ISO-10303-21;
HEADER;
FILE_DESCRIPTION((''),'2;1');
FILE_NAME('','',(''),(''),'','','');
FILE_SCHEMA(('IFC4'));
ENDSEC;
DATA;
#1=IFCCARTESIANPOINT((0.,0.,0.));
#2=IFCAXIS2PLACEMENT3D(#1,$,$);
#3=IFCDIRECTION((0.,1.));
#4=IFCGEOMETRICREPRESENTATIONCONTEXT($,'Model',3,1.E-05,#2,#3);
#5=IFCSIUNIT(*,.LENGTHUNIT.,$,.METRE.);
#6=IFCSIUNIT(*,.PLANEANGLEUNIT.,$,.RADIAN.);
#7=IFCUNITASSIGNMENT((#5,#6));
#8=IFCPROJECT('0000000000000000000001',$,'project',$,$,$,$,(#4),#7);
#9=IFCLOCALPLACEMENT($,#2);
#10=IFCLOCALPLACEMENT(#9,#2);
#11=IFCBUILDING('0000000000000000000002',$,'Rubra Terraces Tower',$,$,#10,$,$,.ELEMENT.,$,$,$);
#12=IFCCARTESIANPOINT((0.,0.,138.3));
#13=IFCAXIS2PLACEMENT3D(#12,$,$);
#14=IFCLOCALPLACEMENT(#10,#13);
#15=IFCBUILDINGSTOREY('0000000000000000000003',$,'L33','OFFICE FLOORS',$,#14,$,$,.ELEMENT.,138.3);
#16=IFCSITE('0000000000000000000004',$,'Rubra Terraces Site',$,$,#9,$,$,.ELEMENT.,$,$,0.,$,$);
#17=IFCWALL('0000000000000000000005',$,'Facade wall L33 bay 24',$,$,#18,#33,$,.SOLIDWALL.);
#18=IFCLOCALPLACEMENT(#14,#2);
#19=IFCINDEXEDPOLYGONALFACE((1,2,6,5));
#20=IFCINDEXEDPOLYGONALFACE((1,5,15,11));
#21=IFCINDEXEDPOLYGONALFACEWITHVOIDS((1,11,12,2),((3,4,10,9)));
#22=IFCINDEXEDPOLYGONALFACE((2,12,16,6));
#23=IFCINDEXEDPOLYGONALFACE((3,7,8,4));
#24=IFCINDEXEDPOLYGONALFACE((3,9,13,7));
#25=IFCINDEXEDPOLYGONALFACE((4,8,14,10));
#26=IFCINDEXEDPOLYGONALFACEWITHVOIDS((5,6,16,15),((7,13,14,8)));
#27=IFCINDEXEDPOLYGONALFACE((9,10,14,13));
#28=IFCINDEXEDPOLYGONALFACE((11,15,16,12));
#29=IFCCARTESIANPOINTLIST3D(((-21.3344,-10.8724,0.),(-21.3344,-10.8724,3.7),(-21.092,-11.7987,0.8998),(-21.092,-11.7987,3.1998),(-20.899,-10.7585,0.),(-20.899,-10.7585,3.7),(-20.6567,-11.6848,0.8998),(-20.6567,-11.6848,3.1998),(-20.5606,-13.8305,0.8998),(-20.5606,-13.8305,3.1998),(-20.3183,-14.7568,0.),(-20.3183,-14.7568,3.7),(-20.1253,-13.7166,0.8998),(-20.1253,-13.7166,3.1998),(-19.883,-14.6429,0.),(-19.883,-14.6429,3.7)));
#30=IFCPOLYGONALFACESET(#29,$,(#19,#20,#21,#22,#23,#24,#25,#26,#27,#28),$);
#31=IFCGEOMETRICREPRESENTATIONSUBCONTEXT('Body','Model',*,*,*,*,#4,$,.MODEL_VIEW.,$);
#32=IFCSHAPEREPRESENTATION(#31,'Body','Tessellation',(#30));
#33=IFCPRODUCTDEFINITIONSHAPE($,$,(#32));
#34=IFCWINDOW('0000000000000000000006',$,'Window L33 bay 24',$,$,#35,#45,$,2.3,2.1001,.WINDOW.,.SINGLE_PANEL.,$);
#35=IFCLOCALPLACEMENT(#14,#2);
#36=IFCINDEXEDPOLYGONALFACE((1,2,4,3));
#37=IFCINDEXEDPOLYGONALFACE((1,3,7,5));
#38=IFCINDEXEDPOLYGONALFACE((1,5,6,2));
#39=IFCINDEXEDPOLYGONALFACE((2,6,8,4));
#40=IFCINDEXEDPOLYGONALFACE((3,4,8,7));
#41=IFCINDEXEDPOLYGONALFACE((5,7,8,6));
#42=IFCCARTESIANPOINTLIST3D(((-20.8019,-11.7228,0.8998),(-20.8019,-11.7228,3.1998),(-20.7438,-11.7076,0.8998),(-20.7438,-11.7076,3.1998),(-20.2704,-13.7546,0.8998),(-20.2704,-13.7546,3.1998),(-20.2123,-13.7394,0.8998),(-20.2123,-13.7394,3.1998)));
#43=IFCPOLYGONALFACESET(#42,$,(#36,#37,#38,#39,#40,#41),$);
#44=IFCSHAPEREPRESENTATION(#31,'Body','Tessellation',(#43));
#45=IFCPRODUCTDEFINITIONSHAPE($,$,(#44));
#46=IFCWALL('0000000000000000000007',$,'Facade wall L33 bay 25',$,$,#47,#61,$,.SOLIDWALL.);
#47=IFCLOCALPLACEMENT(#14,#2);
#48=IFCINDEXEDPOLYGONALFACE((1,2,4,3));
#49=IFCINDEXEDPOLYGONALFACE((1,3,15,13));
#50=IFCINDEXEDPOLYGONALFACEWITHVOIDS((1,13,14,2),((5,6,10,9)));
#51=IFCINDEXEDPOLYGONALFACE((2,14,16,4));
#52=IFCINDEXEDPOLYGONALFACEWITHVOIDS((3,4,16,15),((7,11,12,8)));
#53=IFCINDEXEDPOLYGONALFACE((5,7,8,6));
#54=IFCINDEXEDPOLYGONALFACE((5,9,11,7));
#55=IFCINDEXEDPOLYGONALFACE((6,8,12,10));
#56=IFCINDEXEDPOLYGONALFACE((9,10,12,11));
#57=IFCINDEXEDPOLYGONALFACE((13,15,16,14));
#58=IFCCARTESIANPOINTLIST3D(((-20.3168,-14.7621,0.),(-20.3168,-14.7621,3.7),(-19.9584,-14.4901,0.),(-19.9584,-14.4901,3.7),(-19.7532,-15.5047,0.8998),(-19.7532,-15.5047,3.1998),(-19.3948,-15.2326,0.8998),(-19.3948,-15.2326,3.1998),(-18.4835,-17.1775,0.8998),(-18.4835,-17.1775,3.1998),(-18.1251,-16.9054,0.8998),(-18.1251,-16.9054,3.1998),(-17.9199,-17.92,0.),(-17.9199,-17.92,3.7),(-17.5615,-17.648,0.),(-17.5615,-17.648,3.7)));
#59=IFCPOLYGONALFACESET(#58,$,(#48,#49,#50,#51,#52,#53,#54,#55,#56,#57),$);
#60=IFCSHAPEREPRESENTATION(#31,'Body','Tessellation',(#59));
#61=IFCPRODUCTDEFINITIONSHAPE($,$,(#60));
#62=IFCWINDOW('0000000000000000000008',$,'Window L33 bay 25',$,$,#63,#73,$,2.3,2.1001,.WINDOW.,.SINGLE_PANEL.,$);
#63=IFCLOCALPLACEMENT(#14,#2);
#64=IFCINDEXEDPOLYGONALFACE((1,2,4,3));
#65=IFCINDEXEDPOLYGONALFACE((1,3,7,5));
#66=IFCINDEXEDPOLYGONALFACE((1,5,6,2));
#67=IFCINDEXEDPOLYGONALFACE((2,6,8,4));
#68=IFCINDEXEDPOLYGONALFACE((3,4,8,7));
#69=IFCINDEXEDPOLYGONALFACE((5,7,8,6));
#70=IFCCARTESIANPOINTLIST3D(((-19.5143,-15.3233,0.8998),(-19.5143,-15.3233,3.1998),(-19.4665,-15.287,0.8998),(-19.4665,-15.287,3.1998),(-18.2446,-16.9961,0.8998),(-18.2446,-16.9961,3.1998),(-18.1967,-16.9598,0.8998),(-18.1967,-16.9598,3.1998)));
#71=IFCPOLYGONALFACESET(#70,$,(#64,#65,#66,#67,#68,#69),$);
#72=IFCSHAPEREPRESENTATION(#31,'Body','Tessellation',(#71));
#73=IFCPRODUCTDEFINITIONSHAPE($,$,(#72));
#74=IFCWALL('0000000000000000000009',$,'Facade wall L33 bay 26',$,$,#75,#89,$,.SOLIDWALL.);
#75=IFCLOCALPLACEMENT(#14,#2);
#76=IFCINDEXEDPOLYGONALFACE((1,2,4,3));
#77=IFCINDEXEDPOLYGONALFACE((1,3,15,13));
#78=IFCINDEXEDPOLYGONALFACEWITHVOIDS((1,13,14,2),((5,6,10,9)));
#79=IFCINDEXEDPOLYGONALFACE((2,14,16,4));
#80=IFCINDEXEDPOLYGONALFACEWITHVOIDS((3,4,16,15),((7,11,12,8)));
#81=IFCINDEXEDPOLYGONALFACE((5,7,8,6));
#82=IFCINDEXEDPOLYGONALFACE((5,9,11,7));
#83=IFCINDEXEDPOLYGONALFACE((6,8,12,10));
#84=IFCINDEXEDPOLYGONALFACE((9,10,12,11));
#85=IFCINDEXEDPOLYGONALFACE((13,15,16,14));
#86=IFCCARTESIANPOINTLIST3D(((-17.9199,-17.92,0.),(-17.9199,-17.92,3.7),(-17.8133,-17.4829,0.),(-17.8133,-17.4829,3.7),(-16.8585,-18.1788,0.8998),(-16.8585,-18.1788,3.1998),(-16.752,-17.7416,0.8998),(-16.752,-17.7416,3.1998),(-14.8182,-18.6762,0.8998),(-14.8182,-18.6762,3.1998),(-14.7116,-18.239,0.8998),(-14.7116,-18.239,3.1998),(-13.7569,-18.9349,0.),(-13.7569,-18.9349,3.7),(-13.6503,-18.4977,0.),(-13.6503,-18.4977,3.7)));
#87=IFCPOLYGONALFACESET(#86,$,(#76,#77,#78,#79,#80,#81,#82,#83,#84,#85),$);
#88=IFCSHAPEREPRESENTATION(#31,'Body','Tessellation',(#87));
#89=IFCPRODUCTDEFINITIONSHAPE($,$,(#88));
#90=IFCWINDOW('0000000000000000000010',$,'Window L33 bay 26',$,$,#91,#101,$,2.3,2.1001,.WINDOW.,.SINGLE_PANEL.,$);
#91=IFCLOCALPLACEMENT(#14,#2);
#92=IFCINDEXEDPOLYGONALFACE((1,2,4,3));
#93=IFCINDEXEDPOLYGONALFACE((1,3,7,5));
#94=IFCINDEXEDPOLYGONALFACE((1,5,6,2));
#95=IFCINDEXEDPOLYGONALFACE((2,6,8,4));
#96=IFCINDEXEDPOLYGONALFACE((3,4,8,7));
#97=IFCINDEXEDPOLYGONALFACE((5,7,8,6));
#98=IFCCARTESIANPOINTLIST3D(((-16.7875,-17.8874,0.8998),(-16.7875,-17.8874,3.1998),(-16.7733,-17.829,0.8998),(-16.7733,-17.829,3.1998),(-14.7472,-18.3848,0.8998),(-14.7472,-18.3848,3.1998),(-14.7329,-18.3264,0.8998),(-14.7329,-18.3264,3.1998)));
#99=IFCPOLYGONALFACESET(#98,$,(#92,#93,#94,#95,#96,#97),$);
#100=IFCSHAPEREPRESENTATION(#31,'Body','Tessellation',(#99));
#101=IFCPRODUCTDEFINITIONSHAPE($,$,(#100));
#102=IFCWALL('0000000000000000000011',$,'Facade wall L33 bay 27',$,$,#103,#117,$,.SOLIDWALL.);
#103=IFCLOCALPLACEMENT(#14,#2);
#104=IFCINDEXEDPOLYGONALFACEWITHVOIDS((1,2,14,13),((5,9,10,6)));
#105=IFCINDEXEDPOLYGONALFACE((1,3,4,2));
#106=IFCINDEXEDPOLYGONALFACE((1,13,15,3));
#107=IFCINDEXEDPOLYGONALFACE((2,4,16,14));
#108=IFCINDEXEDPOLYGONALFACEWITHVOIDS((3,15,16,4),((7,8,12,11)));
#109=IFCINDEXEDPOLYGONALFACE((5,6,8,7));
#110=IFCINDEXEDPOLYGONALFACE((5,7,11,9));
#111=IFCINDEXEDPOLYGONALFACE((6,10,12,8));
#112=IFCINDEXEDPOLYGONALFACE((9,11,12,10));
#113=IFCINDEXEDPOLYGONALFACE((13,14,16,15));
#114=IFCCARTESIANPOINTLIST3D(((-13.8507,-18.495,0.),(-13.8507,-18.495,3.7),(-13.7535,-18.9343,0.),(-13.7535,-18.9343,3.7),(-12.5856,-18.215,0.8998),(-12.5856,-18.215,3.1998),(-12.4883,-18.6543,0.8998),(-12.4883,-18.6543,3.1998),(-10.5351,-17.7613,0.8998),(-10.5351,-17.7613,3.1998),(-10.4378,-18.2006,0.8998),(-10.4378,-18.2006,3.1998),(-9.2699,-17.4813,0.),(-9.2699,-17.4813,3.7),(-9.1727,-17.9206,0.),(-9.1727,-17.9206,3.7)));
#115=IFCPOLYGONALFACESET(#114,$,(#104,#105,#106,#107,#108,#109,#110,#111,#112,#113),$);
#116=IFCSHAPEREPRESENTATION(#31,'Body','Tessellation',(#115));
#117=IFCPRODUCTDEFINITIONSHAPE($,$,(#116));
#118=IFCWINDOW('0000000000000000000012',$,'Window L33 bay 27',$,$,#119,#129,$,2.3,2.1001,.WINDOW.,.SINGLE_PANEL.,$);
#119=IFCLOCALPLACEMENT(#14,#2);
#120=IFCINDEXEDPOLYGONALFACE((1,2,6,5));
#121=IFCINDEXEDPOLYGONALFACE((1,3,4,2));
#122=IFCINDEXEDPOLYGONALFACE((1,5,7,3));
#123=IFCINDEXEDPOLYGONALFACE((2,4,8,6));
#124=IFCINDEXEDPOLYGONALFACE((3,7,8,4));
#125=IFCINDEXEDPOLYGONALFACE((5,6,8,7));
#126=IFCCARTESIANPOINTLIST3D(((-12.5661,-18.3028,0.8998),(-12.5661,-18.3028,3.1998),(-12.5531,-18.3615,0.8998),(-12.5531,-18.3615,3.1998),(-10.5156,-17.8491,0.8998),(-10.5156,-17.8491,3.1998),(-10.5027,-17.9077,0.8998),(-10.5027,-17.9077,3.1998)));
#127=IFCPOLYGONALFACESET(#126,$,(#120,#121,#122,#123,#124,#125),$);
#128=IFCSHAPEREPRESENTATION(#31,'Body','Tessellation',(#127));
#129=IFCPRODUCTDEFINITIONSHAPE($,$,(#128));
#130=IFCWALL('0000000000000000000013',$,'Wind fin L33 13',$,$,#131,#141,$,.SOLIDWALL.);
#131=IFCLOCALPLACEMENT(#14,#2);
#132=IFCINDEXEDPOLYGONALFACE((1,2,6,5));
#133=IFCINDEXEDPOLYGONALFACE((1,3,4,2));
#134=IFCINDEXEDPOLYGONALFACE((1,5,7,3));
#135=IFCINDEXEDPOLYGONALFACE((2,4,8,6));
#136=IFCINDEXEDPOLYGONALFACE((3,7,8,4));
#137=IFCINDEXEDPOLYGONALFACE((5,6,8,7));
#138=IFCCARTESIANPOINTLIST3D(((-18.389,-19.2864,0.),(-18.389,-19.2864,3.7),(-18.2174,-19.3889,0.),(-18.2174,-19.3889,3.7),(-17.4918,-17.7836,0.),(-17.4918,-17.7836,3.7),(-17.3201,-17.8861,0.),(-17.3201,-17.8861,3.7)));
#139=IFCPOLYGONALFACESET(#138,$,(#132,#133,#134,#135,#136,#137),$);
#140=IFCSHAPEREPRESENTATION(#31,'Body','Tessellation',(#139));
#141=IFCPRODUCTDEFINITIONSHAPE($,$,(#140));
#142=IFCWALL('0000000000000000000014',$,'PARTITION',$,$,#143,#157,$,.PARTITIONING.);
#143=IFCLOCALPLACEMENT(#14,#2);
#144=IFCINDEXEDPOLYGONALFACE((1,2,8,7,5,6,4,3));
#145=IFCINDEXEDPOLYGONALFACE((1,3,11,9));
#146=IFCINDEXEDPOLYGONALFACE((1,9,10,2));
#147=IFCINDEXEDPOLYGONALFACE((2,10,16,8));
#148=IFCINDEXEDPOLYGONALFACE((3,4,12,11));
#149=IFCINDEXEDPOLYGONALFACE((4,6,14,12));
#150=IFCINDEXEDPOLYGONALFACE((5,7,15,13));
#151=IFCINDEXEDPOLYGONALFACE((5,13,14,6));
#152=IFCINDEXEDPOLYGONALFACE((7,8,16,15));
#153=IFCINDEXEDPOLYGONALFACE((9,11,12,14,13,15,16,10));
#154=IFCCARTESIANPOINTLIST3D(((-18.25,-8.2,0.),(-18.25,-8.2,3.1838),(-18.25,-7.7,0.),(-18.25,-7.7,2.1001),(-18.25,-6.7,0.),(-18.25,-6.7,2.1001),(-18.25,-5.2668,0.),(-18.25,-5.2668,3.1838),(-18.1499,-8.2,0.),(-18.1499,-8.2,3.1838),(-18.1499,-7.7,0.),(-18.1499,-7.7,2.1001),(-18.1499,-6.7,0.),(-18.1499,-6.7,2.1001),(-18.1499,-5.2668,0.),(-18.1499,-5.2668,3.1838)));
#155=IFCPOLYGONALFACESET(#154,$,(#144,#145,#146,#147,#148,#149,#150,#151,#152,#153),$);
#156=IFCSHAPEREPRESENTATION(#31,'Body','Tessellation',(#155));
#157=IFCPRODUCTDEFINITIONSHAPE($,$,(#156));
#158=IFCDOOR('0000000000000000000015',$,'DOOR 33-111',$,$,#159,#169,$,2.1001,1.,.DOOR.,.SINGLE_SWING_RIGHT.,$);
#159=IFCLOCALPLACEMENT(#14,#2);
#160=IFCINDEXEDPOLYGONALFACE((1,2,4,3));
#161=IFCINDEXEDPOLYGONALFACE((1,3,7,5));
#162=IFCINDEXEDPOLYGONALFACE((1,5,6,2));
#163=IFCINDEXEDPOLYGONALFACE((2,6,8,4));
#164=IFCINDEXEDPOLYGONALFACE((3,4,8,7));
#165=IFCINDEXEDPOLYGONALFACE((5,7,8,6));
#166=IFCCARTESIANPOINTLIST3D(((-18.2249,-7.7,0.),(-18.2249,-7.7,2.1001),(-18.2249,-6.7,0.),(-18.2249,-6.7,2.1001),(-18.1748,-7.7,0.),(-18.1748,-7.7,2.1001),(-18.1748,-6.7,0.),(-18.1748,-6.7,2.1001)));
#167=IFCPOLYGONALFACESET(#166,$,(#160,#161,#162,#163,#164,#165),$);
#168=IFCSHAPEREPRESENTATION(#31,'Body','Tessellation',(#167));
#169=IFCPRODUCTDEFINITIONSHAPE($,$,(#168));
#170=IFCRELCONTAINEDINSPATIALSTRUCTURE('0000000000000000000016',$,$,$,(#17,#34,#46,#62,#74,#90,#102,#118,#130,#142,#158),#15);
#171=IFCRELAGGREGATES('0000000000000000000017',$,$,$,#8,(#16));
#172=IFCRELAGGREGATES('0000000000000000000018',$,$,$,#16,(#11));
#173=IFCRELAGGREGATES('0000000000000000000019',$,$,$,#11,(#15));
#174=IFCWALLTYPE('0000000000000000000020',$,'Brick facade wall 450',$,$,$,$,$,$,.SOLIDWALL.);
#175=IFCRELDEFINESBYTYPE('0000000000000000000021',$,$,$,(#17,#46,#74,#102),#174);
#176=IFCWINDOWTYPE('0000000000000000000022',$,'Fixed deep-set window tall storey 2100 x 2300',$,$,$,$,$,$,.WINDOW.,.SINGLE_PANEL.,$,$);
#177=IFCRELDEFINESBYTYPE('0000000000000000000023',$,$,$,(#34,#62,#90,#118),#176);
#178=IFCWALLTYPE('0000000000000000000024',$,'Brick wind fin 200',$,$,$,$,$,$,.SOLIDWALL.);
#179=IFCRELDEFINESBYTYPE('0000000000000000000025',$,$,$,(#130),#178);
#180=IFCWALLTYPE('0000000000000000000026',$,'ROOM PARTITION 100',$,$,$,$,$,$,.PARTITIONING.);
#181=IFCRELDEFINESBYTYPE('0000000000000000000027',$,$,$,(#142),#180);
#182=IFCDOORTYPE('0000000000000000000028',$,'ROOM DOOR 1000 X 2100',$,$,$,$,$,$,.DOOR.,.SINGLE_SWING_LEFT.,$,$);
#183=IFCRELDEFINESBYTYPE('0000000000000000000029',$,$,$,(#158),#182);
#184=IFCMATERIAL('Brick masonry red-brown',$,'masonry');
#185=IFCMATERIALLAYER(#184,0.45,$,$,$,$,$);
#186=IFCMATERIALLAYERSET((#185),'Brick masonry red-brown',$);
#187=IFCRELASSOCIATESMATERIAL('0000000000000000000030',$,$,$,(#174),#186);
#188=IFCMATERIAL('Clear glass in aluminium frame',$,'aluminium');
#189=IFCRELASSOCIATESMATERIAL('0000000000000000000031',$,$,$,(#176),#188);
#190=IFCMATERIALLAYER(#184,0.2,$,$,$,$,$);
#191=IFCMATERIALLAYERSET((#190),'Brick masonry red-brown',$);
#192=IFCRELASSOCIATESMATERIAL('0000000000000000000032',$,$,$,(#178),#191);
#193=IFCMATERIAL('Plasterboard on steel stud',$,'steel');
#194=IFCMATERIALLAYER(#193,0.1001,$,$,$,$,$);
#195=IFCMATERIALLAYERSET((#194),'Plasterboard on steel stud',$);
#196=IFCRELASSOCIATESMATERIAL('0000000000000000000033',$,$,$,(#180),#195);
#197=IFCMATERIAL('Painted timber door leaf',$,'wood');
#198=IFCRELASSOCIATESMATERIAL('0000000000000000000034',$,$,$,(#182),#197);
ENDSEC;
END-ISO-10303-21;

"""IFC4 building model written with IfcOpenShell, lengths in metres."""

from ifc_helpers import new_model, si_unit, direction, frame, frame_2d, origin, place, context, subcontext, project, spatial, rectangle, extrude, material, layer, layer_set, type_object, element, fill, save


model = new_model("IFC4")

# Units and contexts
model_context = context("Model", 3, precision=1e-05, world=origin(), true_north=direction((0.0, 1.0)))
body_context = subcontext(model_context, "Body", "Model", "MODEL_VIEW")
ifc_project = project(units=[si_unit("LENGTHUNIT", "METRE"), si_unit("PLANEANGLEUNIT", "RADIAN")], contexts=[model_context])

# Site, building, storey
site_placement = place(None, origin())
site = spatial("IfcSite", under=ifc_project, at=site_placement, Name="Rubra Terraces Site", CompositionType="ELEMENT", RefElevation=0.0)
building_placement = place(site_placement, origin())
building = spatial("IfcBuilding", under=site, at=building_placement, Name="Rubra Terraces Tower", CompositionType="ELEMENT")
storey_placement = place(building_placement, frame((0.0, 0.0, 138.3)))
storey = spatial("IfcBuildingStorey", under=building, at=storey_placement, Name="L33", Description="OFFICE FLOORS", CompositionType="ELEMENT", Elevation=138.3)

# Walls, openings, windows
ifc_material_1 = material(Name="Brick masonry red-brown", Category="masonry")
ifc_layer_1 = layer(ifc_material_1, 0.45)
ifc_layer_set_1 = layer_set([ifc_layer_1], Name="Brick masonry red-brown")
wall_type_1 = type_object("IfcWallType", Name="Brick facade wall 450", PredefinedType="SOLIDWALL", material=ifc_layer_set_1)
wall_1_placement = place(storey_placement, frame((-21.1167, -10.8154, 0.0), z_axis=(0.0, 0.0, 1.0), x_axis=(0.253065, -0.967449, 0.0)))
wall_1 = element("IfcWall", 1, at=wall_1_placement, inside=storey, type_object=wall_type_1, Name="Facade wall L33 bay 24", PredefinedType="SOLIDWALL", context=body_context, shape_type="SweptSolid", body=[
    extrude(rectangle(XDim=4.0151, YDim=0.45, at=frame_2d((2.0076, 0.0))), origin(), (0.0, 0.0, 1.0), 3.7),
])
opening_1_placement = place(wall_1_placement, frame((0.9575, 0.0, 0.8999)))
opening_1 = element("IfcOpeningElement", 2, at=opening_1_placement, cuts=wall_1, PredefinedType="OPENING", context=body_context, shape_type="SweptSolid", body=[
    extrude(rectangle(XDim=2.1001, YDim=2.3, at=frame_2d((1.05, 1.1499))), frame((0.0, 0.2349, 0.0), z_axis=(0.0, -1.0, 0.0), x_axis=(1.0, 0.0, 0.0)), (0.0, 0.0, 1.0), 0.47),
])
ifc_material_2 = material(Name="Clear glass in aluminium frame", Category="aluminium")
window_type = type_object("IfcWindowType", Name="Fixed deep-set window tall storey 2100 x 2300", PartitioningType="SINGLE_PANEL", PredefinedType="WINDOW", material=ifc_material_2)
window_1_placement = place(opening_1_placement, origin())
window_1 = element("IfcWindow", 3, at=window_1_placement, inside=storey, type_object=window_type, Name="Window L33 bay 24", OverallHeight=2.3, OverallWidth=2.1001, PartitioningType="SINGLE_PANEL", PredefinedType="WINDOW", context=body_context, shape_type="SweptSolid", body=[
    extrude(rectangle(XDim=2.1001, YDim=2.3, at=frame_2d((1.05, 1.1499))), frame((0.0, 0.135, 0.0), z_axis=(0.0, -1.0, 0.0), x_axis=(1.0, 0.0, 0.0)), (0.0, 0.0, 1.0), 0.0601),
])
fill(opening_1, window_1)
wall_2_placement = place(storey_placement, frame((-20.1377, -14.626, 0.0), z_axis=(0.0, 0.0, 1.0), x_axis=(0.604591, -0.796536, 0.0)))
wall_2 = element("IfcWall", 4, at=wall_2_placement, inside=storey, type_object=wall_type_1, Name="Facade wall L33 bay 25", PredefinedType="SOLIDWALL", context=body_context, shape_type="SweptSolid", body=[
    extrude(rectangle(XDim=3.9646, YDim=0.45, at=frame_2d((1.9824, 0.0))), origin(), (0.0, 0.0, 1.0), 3.7),
])
opening_2_placement = place(wall_2_placement, frame((0.9324, 0.0, 0.8999)))
opening_2 = element("IfcOpeningElement", 5, at=opening_2_placement, cuts=wall_2, PredefinedType="OPENING", context=body_context, shape_type="SweptSolid", body=[
    extrude(rectangle(XDim=2.1001, YDim=2.3, at=frame_2d((1.05, 1.1499))), frame((0.0, 0.2349, 0.0), z_axis=(0.0, -1.0, 0.0), x_axis=(1.0, 0.0, 0.0)), (0.0, 0.0, 1.0), 0.47),
])
window_2_placement = place(opening_2_placement, origin())
window_2 = element("IfcWindow", 6, at=window_2_placement, inside=storey, type_object=window_type, Name="Window L33 bay 25", OverallHeight=2.3, OverallWidth=2.1001, PartitioningType="SINGLE_PANEL", PredefinedType="WINDOW", context=body_context, shape_type="SweptSolid", body=[
    extrude(rectangle(XDim=2.1001, YDim=2.3, at=frame_2d((1.05, 1.1499))), frame((0.0, 0.135, 0.0), z_axis=(0.0, -1.0, 0.0), x_axis=(1.0, 0.0, 0.0)), (0.0, 0.0, 1.0), 0.0601),
])
fill(opening_2, window_2)
wall_3_placement = place(storey_placement, frame((-17.8667, -17.7014, 0.0), z_axis=(0.0, 0.0, 1.0), x_axis=(0.971547, -0.236847, 0.0)))
wall_3 = element("IfcWall", 7, at=wall_3_placement, inside=storey, type_object=wall_type_1, Name="Facade wall L33 bay 26", PredefinedType="SOLIDWALL", context=body_context, shape_type="SweptSolid", body=[
    extrude(rectangle(XDim=4.2849, YDim=0.45, at=frame_2d((2.1426, 0.0))), origin(), (0.0, 0.0, 1.0), 3.7),
])
opening_3_placement = place(wall_3_placement, frame((1.0925, 0.0, 0.8999)))
opening_3 = element("IfcOpeningElement", 8, at=opening_3_placement, cuts=wall_3, PredefinedType="OPENING", context=body_context, shape_type="SweptSolid", body=[
    extrude(rectangle(XDim=2.1001, YDim=2.3, at=frame_2d((1.05, 1.1499))), frame((0.0, 0.2349, 0.0), z_axis=(0.0, -1.0, 0.0), x_axis=(1.0, 0.0, 0.0)), (0.0, 0.0, 1.0), 0.47),
])
window_3_placement = place(opening_3_placement, origin())
window_3 = element("IfcWindow", 9, at=window_3_placement, inside=storey, type_object=window_type, Name="Window L33 bay 26", OverallHeight=2.3, OverallWidth=2.1001, PartitioningType="SINGLE_PANEL", PredefinedType="WINDOW", context=body_context, shape_type="SweptSolid", body=[
    extrude(rectangle(XDim=2.1001, YDim=2.3, at=frame_2d((1.05, 1.1499))), frame((0.0, 0.135, 0.0), z_axis=(0.0, -1.0, 0.0), x_axis=(1.0, 0.0, 0.0)), (0.0, 0.0, 1.0), 0.0601),
])
fill(opening_3, window_3)
wall_4_placement = place(storey_placement, frame((-13.802, -18.7146, 0.0), z_axis=(0.0, 0.0, 1.0), x_axis=(0.97638, 0.21606, 0.0)))
wall_4 = element("IfcWall", 10, at=wall_4_placement, inside=storey, type_object=wall_type_1, Name="Facade wall L33 bay 27", PredefinedType="SOLIDWALL", context=body_context, shape_type="SweptSolid", body=[
    extrude(rectangle(XDim=4.6917, YDim=0.45, at=frame_2d((2.3457, 0.0))), origin(), (0.0, 0.0, 1.0), 3.7),
])
opening_4_placement = place(wall_4_placement, frame((1.2957, 0.0, 0.8999)))
opening_4 = element("IfcOpeningElement", 11, at=opening_4_placement, cuts=wall_4, PredefinedType="OPENING", context=body_context, shape_type="SweptSolid", body=[
    extrude(rectangle(XDim=2.1001, YDim=2.3, at=frame_2d((1.05, 1.1499))), frame((0.0, 0.2349, 0.0), z_axis=(0.0, -1.0, 0.0), x_axis=(1.0, 0.0, 0.0)), (0.0, 0.0, 1.0), 0.47),
])
window_4_placement = place(opening_4_placement, origin())
window_4 = element("IfcWindow", 12, at=window_4_placement, inside=storey, type_object=window_type, Name="Window L33 bay 27", OverallHeight=2.3, OverallWidth=2.1001, PartitioningType="SINGLE_PANEL", PredefinedType="WINDOW", context=body_context, shape_type="SweptSolid", body=[
    extrude(rectangle(XDim=2.1001, YDim=2.3, at=frame_2d((1.05, 1.1499))), frame((0.0, 0.135, 0.0), z_axis=(0.0, -1.0, 0.0), x_axis=(1.0, 0.0, 0.0)), (0.0, 0.0, 1.0), 0.0601),
])
fill(opening_4, window_4)

# Wall
ifc_layer_2 = layer(ifc_material_1, 0.2)
ifc_layer_set_2 = layer_set([ifc_layer_2], Name="Brick masonry red-brown")
wall_type_2 = type_object("IfcWallType", Name="Brick wind fin 200", PredefinedType="SOLIDWALL", material=ifc_layer_set_2)
wall_5_placement = place(storey_placement, frame((-17.406, -17.835, 0.0), z_axis=(0.0, 0.0, 1.0), x_axis=(-0.512648, -0.858599, 0.0)))
element("IfcWall", 13, at=wall_5_placement, inside=storey, type_object=wall_type_2, Name="Wind fin L33 13", PredefinedType="SOLIDWALL", context=body_context, shape_type="SweptSolid", body=[
    extrude(rectangle(XDim=1.7502, YDim=0.2, at=frame_2d((0.875, 0.0))), origin(), (0.0, 0.0, 1.0), 3.7),
])

# Wall, opening, door
ifc_material_3 = material(Name="Plasterboard on steel stud", Category="steel")
ifc_layer_3 = layer(ifc_material_3, 0.1001)
ifc_layer_set_3 = layer_set([ifc_layer_3], Name="Plasterboard on steel stud")
wall_type_3 = type_object("IfcWallType", Name="ROOM PARTITION 100", PredefinedType="PARTITIONING", material=ifc_layer_set_3)
wall_6_placement = place(storey_placement, frame((-18.2, -8.2, 0.0), z_axis=(0.0, 0.0, 1.0), x_axis=(0.0, 1.0, 0.0)))
wall_6 = element("IfcWall", 14, at=wall_6_placement, inside=storey, type_object=wall_type_3, Name="PARTITION", PredefinedType="PARTITIONING", context=body_context, shape_type="SweptSolid", body=[
    extrude(rectangle(XDim=2.9331, YDim=0.1001, at=frame_2d((1.4666, 0.0))), origin(), (0.0, 0.0, 1.0), 3.1838),
])
opening_5_placement = place(wall_6_placement, frame((0.5, 0.0, 0.0)))
opening_5 = element("IfcOpeningElement", 15, at=opening_5_placement, cuts=wall_6, PredefinedType="OPENING", context=body_context, shape_type="SweptSolid", body=[
    extrude(rectangle(XDim=1.0, YDim=2.1001, at=frame_2d((0.5, 1.05))), frame((0.0, 0.0601, 0.0), z_axis=(0.0, -1.0, 0.0), x_axis=(1.0, 0.0, 0.0)), (0.0, 0.0, 1.0), 0.1201),
])
ifc_material_4 = material(Name="Painted timber door leaf", Category="wood")
door_type = type_object("IfcDoorType", Name="ROOM DOOR 1000 X 2100", OperationType="SINGLE_SWING_LEFT", PredefinedType="DOOR", material=ifc_material_4)
door_placement = place(opening_5_placement, origin())
door = element("IfcDoor", 16, at=door_placement, inside=storey, type_object=door_type, Name="DOOR 33-111", OperationType="SINGLE_SWING_RIGHT", OverallHeight=2.1001, OverallWidth=1.0, PredefinedType="DOOR", context=body_context, shape_type="SweptSolid", body=[
    extrude(rectangle(XDim=1.0, YDim=2.1001, at=frame_2d((0.5, 1.05))), frame((0.0, 0.0249, 0.0), z_axis=(0.0, -1.0, 0.0), x_axis=(1.0, 0.0, 0.0)), (0.0, 0.0, 1.0), 0.05),
])
fill(opening_5, door)

save(model, "model.ifc")
